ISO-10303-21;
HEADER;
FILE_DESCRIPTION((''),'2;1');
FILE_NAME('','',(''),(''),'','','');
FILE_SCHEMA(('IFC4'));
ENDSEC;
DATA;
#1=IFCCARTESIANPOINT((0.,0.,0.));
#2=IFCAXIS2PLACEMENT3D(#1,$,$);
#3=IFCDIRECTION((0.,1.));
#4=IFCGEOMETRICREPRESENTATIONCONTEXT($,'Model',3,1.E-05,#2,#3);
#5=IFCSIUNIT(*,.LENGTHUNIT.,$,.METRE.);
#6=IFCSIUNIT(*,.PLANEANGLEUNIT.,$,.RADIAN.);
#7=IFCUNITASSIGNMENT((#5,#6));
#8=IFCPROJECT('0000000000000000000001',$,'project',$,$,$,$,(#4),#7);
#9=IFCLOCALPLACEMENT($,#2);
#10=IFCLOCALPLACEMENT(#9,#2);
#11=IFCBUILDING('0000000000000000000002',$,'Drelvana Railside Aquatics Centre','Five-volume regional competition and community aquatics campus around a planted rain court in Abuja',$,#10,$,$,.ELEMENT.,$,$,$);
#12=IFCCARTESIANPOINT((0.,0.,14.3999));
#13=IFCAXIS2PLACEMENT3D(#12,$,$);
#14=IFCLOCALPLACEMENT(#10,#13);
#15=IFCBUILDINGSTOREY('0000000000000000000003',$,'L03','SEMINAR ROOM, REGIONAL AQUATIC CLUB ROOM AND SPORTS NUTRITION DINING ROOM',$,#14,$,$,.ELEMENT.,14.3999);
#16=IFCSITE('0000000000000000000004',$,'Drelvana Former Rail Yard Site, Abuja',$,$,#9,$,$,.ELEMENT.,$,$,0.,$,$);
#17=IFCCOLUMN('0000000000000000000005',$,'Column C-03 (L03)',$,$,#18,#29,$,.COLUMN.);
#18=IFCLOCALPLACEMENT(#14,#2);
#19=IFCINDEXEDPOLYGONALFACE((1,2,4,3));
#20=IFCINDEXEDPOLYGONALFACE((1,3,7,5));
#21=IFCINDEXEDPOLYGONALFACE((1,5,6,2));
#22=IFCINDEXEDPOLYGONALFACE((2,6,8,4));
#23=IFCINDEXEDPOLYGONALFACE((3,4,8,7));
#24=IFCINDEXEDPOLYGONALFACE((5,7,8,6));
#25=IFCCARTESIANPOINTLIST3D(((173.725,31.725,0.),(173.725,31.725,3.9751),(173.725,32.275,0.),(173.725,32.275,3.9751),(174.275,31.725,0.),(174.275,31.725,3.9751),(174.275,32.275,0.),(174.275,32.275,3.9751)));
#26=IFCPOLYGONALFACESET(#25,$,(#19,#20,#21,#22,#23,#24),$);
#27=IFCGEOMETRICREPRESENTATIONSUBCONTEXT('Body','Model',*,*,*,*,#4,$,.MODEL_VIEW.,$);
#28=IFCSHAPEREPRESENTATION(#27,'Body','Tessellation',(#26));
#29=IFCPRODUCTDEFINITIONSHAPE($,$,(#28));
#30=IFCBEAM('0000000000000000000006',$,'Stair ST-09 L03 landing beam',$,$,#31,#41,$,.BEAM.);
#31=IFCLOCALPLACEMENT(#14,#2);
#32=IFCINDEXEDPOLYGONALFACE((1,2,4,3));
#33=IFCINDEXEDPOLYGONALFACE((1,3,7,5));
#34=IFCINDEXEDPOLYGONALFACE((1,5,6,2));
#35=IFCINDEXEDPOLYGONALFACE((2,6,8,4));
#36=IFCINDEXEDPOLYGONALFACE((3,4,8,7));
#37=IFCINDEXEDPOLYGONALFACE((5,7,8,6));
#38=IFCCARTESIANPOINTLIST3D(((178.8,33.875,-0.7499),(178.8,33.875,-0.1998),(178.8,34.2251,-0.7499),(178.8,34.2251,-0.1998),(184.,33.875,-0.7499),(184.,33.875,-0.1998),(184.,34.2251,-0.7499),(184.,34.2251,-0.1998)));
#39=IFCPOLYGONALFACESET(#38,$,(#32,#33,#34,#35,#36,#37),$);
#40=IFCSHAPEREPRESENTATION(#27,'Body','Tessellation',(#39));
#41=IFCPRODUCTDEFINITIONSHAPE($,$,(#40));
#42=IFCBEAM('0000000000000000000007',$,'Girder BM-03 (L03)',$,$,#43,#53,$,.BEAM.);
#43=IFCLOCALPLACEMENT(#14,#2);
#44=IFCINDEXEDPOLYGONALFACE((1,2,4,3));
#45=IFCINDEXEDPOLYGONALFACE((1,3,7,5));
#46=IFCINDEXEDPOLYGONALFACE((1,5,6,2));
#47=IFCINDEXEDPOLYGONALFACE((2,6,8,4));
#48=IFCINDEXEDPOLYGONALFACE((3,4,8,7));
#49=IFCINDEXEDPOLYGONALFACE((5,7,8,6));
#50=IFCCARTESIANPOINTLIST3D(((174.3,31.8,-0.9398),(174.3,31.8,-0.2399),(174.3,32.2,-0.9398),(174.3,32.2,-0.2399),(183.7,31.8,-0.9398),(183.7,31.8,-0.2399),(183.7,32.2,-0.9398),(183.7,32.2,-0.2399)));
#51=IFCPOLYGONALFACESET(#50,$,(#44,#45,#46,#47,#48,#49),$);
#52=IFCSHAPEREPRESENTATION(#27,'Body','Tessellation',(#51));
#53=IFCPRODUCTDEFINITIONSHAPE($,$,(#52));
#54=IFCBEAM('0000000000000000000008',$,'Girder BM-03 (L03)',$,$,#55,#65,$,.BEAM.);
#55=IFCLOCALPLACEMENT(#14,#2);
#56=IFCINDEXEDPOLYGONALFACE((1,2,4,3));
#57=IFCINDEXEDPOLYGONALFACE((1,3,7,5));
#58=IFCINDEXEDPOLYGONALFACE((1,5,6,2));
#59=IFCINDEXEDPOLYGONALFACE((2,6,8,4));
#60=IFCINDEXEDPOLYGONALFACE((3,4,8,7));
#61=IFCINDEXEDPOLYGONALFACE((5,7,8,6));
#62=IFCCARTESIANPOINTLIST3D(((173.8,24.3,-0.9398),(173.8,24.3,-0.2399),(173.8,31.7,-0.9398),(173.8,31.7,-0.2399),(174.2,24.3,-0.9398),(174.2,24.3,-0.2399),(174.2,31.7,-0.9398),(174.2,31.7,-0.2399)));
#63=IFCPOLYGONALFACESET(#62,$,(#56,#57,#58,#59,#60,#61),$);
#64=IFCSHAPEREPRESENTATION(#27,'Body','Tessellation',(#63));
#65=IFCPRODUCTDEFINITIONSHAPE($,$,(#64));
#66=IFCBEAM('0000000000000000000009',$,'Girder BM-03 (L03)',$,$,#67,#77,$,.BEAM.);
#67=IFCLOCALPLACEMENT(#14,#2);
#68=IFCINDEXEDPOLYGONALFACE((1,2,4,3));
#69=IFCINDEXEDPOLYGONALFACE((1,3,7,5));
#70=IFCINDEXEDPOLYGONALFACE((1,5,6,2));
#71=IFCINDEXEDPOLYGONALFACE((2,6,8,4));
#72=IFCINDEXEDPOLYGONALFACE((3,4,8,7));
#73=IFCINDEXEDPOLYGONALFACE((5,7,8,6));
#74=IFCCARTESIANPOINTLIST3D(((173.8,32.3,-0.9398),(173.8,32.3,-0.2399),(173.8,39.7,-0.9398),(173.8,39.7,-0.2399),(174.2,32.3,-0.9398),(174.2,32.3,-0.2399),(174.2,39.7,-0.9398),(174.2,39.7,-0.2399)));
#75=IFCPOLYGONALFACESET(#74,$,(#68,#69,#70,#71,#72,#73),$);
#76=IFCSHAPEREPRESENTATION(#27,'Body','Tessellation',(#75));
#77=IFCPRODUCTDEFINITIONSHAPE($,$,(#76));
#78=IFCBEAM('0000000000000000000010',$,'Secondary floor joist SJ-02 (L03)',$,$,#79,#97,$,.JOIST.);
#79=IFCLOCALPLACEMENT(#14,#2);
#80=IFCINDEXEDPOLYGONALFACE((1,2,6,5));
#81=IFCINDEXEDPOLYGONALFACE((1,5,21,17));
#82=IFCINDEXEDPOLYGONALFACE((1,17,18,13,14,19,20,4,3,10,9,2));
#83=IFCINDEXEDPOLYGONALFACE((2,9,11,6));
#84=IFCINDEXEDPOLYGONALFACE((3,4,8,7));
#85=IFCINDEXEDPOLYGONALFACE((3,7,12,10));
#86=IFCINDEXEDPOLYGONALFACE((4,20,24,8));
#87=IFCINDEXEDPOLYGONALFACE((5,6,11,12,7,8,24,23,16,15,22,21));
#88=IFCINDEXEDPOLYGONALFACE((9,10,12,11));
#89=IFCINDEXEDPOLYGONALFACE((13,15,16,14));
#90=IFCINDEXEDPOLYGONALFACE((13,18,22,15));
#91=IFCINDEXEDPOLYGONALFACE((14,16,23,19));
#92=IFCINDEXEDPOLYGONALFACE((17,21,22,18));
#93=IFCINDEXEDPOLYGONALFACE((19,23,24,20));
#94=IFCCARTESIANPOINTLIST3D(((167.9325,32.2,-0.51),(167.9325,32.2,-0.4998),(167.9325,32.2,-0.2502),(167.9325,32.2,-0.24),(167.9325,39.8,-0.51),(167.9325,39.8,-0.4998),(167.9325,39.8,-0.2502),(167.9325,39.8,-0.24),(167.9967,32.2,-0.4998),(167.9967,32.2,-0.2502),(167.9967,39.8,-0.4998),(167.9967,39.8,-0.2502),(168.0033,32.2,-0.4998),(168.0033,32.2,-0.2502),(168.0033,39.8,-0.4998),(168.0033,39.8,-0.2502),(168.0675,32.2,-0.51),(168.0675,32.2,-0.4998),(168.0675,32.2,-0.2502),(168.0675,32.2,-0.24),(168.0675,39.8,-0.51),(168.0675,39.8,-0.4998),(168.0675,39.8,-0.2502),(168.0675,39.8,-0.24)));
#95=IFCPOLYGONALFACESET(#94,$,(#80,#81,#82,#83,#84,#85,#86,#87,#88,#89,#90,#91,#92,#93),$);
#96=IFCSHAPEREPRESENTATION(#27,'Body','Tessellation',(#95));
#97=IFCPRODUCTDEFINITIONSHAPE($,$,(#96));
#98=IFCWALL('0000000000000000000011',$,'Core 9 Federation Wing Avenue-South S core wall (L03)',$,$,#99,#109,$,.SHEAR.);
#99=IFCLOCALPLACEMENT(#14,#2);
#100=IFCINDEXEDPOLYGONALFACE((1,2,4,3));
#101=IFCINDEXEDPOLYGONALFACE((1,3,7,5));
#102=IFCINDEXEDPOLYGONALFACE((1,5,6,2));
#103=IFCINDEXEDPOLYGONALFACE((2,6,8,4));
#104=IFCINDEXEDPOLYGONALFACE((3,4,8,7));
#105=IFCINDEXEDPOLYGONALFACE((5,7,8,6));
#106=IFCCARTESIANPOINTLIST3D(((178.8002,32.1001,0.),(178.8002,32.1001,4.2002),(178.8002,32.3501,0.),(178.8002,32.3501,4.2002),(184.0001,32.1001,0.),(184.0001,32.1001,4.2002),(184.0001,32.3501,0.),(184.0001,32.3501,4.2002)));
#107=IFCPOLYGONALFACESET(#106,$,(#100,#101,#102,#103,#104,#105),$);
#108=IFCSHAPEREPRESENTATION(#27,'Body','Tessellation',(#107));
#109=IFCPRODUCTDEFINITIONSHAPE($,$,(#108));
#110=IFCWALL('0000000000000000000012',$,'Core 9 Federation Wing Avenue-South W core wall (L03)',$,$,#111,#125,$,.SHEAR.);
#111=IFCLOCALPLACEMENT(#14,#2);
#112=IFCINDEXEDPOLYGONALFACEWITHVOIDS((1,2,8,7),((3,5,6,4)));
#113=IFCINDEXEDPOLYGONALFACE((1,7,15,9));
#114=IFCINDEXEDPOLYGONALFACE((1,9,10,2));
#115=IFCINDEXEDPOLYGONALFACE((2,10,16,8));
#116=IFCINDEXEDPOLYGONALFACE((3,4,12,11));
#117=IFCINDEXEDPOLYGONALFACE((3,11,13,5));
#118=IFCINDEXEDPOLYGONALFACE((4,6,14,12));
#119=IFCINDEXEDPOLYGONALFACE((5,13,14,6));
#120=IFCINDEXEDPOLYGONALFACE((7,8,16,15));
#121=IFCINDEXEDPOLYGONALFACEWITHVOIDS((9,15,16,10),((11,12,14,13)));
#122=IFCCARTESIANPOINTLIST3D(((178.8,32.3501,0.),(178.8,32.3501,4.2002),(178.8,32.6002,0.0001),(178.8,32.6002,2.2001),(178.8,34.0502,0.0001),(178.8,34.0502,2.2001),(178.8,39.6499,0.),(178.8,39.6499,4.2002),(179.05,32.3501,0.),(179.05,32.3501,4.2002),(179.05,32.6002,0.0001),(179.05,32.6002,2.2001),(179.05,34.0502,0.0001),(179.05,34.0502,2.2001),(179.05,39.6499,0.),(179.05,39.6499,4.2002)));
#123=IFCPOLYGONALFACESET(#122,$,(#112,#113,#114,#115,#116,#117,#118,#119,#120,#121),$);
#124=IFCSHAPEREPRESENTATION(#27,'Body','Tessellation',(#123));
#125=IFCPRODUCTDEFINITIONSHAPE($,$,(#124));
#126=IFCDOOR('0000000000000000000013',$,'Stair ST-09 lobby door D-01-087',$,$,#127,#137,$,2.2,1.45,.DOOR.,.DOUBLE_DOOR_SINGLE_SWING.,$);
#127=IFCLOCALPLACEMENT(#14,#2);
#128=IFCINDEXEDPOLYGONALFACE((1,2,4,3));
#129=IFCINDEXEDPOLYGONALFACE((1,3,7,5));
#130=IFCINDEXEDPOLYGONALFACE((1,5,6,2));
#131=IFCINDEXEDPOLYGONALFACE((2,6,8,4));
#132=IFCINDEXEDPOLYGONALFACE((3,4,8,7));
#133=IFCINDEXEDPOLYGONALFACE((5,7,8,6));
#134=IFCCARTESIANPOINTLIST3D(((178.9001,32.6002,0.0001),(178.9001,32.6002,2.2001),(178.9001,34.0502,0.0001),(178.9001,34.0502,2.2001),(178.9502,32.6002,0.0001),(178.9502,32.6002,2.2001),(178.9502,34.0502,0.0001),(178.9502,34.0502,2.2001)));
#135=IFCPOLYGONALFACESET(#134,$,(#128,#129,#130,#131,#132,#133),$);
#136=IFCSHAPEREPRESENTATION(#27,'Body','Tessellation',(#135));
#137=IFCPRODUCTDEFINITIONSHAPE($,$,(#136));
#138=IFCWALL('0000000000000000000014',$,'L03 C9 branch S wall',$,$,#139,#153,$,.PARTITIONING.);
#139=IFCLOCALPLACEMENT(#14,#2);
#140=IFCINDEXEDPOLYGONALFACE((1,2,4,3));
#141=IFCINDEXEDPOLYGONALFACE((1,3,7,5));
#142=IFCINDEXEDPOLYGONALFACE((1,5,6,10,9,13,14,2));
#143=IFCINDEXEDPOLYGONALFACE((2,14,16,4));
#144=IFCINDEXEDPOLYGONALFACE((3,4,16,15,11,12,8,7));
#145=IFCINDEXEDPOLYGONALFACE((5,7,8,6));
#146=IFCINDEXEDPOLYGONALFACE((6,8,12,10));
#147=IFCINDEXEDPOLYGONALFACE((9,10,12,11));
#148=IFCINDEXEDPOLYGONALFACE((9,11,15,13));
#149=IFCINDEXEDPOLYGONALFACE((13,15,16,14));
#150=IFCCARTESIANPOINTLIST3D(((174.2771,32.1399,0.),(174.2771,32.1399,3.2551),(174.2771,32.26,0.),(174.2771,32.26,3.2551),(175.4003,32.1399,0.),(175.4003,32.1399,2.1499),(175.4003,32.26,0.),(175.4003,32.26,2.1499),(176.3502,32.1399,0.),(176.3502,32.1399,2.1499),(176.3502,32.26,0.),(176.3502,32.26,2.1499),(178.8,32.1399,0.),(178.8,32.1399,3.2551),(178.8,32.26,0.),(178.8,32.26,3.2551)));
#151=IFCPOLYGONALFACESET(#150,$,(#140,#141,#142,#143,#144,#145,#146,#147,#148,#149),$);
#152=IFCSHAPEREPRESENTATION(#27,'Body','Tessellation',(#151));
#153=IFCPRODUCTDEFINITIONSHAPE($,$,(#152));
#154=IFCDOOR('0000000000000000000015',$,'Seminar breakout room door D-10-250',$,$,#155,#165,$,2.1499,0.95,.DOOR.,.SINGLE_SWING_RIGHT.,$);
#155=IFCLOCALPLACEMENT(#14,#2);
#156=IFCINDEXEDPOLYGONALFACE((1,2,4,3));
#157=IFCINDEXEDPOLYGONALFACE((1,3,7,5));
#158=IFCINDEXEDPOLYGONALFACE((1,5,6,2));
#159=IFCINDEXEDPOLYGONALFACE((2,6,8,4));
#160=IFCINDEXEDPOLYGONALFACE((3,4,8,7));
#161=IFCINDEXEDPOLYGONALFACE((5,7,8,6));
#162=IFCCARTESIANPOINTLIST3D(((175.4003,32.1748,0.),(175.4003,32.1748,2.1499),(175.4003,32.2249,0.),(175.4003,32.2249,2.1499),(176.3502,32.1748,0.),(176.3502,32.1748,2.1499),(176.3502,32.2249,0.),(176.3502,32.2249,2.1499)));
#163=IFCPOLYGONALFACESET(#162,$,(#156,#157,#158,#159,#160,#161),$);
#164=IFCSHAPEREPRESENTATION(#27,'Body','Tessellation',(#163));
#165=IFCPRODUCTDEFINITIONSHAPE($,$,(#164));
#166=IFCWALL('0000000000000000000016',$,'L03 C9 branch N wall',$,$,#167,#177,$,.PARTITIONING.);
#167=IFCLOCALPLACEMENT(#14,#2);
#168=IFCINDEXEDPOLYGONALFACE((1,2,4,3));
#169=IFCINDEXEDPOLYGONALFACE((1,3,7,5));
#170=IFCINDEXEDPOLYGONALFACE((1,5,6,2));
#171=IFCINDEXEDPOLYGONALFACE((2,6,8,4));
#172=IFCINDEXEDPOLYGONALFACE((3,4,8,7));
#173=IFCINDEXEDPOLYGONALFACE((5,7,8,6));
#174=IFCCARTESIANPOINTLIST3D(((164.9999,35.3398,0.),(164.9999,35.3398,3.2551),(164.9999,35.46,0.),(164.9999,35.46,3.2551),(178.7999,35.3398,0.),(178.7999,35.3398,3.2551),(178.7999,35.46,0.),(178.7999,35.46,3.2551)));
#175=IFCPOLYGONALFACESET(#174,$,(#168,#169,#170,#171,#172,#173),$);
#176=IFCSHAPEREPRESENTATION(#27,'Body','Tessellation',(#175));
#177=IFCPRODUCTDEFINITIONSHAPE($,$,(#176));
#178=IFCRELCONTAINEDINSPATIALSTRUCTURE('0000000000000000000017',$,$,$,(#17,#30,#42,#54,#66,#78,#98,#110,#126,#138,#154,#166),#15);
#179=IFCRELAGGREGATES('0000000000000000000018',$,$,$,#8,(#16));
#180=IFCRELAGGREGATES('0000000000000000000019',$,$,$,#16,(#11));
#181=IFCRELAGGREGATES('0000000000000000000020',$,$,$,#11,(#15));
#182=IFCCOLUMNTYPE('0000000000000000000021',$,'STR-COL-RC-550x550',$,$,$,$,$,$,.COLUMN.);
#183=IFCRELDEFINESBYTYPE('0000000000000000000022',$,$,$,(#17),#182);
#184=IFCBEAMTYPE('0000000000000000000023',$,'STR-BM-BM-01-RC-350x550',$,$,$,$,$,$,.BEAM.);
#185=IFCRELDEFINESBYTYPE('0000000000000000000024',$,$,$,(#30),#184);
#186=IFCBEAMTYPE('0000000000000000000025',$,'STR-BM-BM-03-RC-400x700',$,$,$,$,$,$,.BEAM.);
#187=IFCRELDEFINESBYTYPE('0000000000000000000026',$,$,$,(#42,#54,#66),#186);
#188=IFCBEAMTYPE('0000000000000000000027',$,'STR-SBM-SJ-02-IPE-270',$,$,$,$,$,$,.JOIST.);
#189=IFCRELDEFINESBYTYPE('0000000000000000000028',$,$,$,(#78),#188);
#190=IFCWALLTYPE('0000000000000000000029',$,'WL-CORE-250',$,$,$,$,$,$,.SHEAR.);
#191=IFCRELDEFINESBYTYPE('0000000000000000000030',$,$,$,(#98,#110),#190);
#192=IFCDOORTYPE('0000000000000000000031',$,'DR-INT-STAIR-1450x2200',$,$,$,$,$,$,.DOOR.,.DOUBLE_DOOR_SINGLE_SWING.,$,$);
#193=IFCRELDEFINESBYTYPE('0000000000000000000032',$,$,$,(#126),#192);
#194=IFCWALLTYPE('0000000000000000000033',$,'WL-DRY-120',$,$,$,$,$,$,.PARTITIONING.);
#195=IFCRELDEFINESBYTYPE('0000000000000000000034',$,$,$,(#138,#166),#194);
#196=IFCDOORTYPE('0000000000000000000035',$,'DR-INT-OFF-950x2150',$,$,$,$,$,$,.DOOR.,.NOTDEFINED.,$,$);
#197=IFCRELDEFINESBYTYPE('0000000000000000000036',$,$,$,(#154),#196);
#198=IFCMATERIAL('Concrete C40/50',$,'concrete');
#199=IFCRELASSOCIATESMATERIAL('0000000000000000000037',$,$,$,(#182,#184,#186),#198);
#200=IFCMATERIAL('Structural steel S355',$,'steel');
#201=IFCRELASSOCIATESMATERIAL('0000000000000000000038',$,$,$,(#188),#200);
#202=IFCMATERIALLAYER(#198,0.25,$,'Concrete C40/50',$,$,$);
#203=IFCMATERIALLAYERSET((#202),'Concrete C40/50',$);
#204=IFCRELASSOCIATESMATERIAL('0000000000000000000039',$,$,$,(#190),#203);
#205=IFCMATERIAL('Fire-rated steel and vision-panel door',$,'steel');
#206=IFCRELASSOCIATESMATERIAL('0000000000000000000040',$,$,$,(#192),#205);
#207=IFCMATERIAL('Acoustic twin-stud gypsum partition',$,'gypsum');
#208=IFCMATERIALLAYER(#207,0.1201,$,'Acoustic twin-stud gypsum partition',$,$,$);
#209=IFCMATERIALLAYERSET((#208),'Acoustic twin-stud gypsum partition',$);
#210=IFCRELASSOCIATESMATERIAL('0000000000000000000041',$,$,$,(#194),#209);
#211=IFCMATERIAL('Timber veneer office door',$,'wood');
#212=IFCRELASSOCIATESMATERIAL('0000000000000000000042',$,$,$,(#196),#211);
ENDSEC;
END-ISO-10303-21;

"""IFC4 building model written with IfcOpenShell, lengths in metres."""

from ifc_helpers import new_model, si_unit, direction, frame, frame_2d, origin, origin_2d, place, context, subcontext, project, spatial, rectangle, i_section, extrude, material, layer, layer_set, material_profile, profile_set, type_object, element, fill, save


model = new_model("IFC4")

# Units and contexts
model_context = context("Model", 3, precision=1e-05, world=origin(), true_north=direction((0.0, 1.0)))
body_context = subcontext(model_context, "Body", "Model", "MODEL_VIEW")
ifc_project = project(units=[si_unit("LENGTHUNIT", "METRE"), si_unit("PLANEANGLEUNIT", "RADIAN")], contexts=[model_context])

# Site, building, storey
site_placement = place(None, origin())
site = spatial("IfcSite", under=ifc_project, at=site_placement, Name="Drelvana Former Rail Yard Site, Abuja", CompositionType="ELEMENT", RefElevation=0.0)
building_placement = place(site_placement, origin())
building = spatial("IfcBuilding", under=site, at=building_placement, Name="Drelvana Railside Aquatics Centre", Description="Five-volume regional competition and community aquatics campus around a planted rain court in Abuja", CompositionType="ELEMENT")
storey_placement = place(building_placement, frame((0.0, 0.0, 14.3999)))
storey = spatial("IfcBuildingStorey", under=building, at=storey_placement, Name="L03", Description="SEMINAR ROOM, REGIONAL AQUATIC CLUB ROOM AND SPORTS NUTRITION DINING ROOM", CompositionType="ELEMENT", Elevation=14.3999)

# Column
ifc_material_1 = material(Name="Concrete C40/50", Category="concrete")
ifc_material_profile_1 = material_profile(ifc_material_1, rectangle(XDim=0.55, YDim=0.55, at=origin_2d()), Name="RC 550x550")
ifc_profile_set_1 = profile_set([ifc_material_profile_1], Name="Concrete C40/50")
column_type = type_object("IfcColumnType", Name="STR-COL-RC-550x550", PredefinedType="COLUMN", material=ifc_profile_set_1)
column_placement = place(storey_placement, frame((174.0, 32.0, 0.0), z_axis=(0.0, 0.0, 1.0), x_axis=(1.0, 0.0, 0.0)))
element("IfcColumn", 1, at=column_placement, inside=storey, type_object=column_type, Name="Column C-03 (L03)", PredefinedType="COLUMN", context=body_context, shape_type="SweptSolid", body=[
    extrude(rectangle(XDim=0.55, YDim=0.55, at=origin_2d()), origin(), (0.0, 0.0, 1.0), 3.9751),
])

# Beams
ifc_material_profile_2 = material_profile(ifc_material_1, rectangle(XDim=0.3501, YDim=0.55, at=origin_2d()), Name="RC 350x550")
ifc_profile_set_2 = profile_set([ifc_material_profile_2], Name="Concrete C40/50")
beam_type_1 = type_object("IfcBeamType", Name="STR-BM-BM-01-RC-350x550", PredefinedType="BEAM", material=ifc_profile_set_2)
beam_1_placement = place(storey_placement, frame((178.8, 34.05, -0.4749), z_axis=(1.0, 0.0, 0.0), x_axis=(0.0, 1.0, 0.0)))
element("IfcBeam", 2, at=beam_1_placement, inside=storey, type_object=beam_type_1, Name="Stair ST-09 L03 landing beam", PredefinedType="BEAM", context=body_context, shape_type="SweptSolid", body=[
    extrude(rectangle(XDim=0.3501, YDim=0.55, at=origin_2d()), origin(), (0.0, 0.0, 1.0), 5.2),
])
ifc_material_profile_3 = material_profile(ifc_material_1, rectangle(XDim=0.3999, YDim=0.7, at=origin_2d()), Name="RC 400x700")
ifc_profile_set_3 = profile_set([ifc_material_profile_3], Name="Concrete C40/50")
beam_type_2 = type_object("IfcBeamType", Name="STR-BM-BM-03-RC-400x700", PredefinedType="BEAM", material=ifc_profile_set_3)
beam_2_placement = place(storey_placement, frame((174.3, 32.0, -0.5898), z_axis=(1.0, 0.0, 0.0), x_axis=(0.0, 1.0, 0.0)))
element("IfcBeam", 3, at=beam_2_placement, inside=storey, type_object=beam_type_2, Name="Girder BM-03 (L03)", PredefinedType="BEAM", context=body_context, shape_type="SweptSolid", body=[
    extrude(rectangle(XDim=0.3999, YDim=0.7, at=origin_2d()), origin(), (0.0, 0.0, 1.0), 9.3999),
])
for number, where, z_axis, x_axis, name in (
    (4, (174.0, 24.3, -0.5898), (0.0, 1.0, 0.0), (-1.0, 0.0, 0.0), "Girder BM-03 (L03)"),
    (5, (174.0, 32.3, -0.5898), (0.0, 1.0, 0.0), (-1.0, 0.0, 0.0), "Girder BM-03 (L03)"),
):
    element("IfcBeam", number, at=place(storey_placement, frame(where, z_axis=z_axis, x_axis=x_axis)), inside=storey, type_object=beam_type_2, Name=name, PredefinedType="BEAM", context=body_context, shape_type="SweptSolid", body=[
        extrude(rectangle(XDim=0.3999, YDim=0.7, at=origin_2d()), origin(), (0.0, 0.0, 1.0), 7.3999),
    ])
ifc_material_2 = material(Name="Structural steel S355", Category="steel")
ifc_material_profile_4 = material_profile(ifc_material_2, i_section(OverallWidth=0.135, OverallDepth=0.27, WebThickness=0.0066, FlangeThickness=0.0103, at=origin_2d()), Name="IPE 270")
ifc_profile_set_4 = profile_set([ifc_material_profile_4], Name="Structural steel S355")
beam_type_3 = type_object("IfcBeamType", Name="STR-SBM-SJ-02-IPE-270", PredefinedType="JOIST", material=ifc_profile_set_4)
beam_3_placement = place(storey_placement, frame((168.0, 32.2, -0.375), z_axis=(0.0, 1.0, 0.0), x_axis=(-1.0, 0.0, 0.0)))
element("IfcBeam", 6, at=beam_3_placement, inside=storey, type_object=beam_type_3, Name="Secondary floor joist SJ-02 (L03)", PredefinedType="JOIST", context=body_context, shape_type="SweptSolid", body=[
    extrude(i_section(OverallWidth=0.135, OverallDepth=0.27, WebThickness=0.0066, FlangeThickness=0.0103, at=origin_2d()), origin(), (0.0, 0.0, 1.0), 7.6001),
])

# Wall
ifc_layer_1 = layer(ifc_material_1, 0.25, Name="Concrete C40/50")
ifc_layer_set_1 = layer_set([ifc_layer_1], Name="Concrete C40/50")
wall_type_1 = type_object("IfcWallType", Name="WL-CORE-250", PredefinedType="SHEAR", material=ifc_layer_set_1)
wall_1_placement = place(storey_placement, frame((178.8, 32.2251, 0.0), z_axis=(0.0, 0.0, 1.0), x_axis=(1.0, 0.0, 0.0)))
element("IfcWall", 7, at=wall_1_placement, inside=storey, type_object=wall_type_1, Name="Core 9 Federation Wing Avenue-South S core wall (L03)", PredefinedType="SHEAR", context=body_context, shape_type="SweptSolid", body=[
    extrude(rectangle(XDim=5.2, YDim=0.25, at=frame_2d((2.6001, 0.0))), origin(), (0.0, 0.0, 1.0), 4.2002),
])

# Walls, openings, doors
wall_2_placement = place(storey_placement, frame((178.925, 32.3501, 0.0), z_axis=(0.0, 0.0, 1.0), x_axis=(0.0, 1.0, 0.0)))
wall_2 = element("IfcWall", 8, at=wall_2_placement, inside=storey, type_object=wall_type_1, Name="Core 9 Federation Wing Avenue-South W core wall (L03)", PredefinedType="SHEAR", context=body_context, shape_type="SweptSolid", body=[
    extrude(rectangle(XDim=7.2998, YDim=0.25, at=frame_2d((3.6499, 0.0))), origin(), (0.0, 0.0, 1.0), 4.2002),
])
opening_1_placement = place(wall_2_placement, frame((0.25, 0.0, 0.0)))
opening_1 = element("IfcOpeningElement", 9, at=opening_1_placement, cuts=wall_2, PredefinedType="OPENING", context=body_context, shape_type="SweptSolid", body=[
    extrude(rectangle(XDim=1.45, YDim=2.2, at=frame_2d((0.7251, 1.1001))), frame((0.0, 0.135, 0.0), z_axis=(0.0, -1.0, 0.0), x_axis=(1.0, 0.0, 0.0)), (0.0, 0.0, 1.0), 0.27),
])
ifc_material_3 = material(Name="Fire-rated steel and vision-panel door", Category="steel")
door_type_1 = type_object("IfcDoorType", Name="DR-INT-STAIR-1450x2200", OperationType="DOUBLE_DOOR_SINGLE_SWING", PredefinedType="DOOR", material=ifc_material_3)
door_1_placement = place(opening_1_placement, origin())
door_1 = element("IfcDoor", 10, at=door_1_placement, inside=storey, type_object=door_type_1, Name="Stair ST-09 lobby door D-01-087", OperationType="DOUBLE_DOOR_SINGLE_SWING", OverallHeight=2.2, OverallWidth=1.45, PredefinedType="DOOR", context=body_context, shape_type="SweptSolid", body=[
    extrude(rectangle(XDim=1.45, YDim=2.2, at=frame_2d((0.7251, 1.1001))), frame((0.0, 0.0249, 0.0), z_axis=(0.0, -1.0, 0.0), x_axis=(1.0, 0.0, 0.0)), (0.0, 0.0, 1.0), 0.05),
])
fill(opening_1, door_1)
ifc_material_4 = material(Name="Acoustic twin-stud gypsum partition", Category="gypsum")
ifc_layer_2 = layer(ifc_material_4, 0.1201, Name="Acoustic twin-stud gypsum partition")
ifc_layer_set_2 = layer_set([ifc_layer_2], Name="Acoustic twin-stud gypsum partition")
wall_type_2 = type_object("IfcWallType", Name="WL-DRY-120", PredefinedType="PARTITIONING", material=ifc_layer_set_2)
wall_3_placement = place(storey_placement, frame((174.2771, 32.2, 0.0), z_axis=(0.0, 0.0, 1.0), x_axis=(1.0, 0.0, 0.0)))
wall_3 = element("IfcWall", 11, at=wall_3_placement, inside=storey, type_object=wall_type_2, Name="L03 C9 branch S wall", PredefinedType="PARTITIONING", context=body_context, shape_type="SweptSolid", body=[
    extrude(rectangle(XDim=4.5229, YDim=0.1201, at=frame_2d((2.2615, 0.0))), origin(), (0.0, 0.0, 1.0), 3.2551),
])
opening_2_placement = place(wall_3_placement, frame((1.123, 0.0, 0.0)))
opening_2 = element("IfcOpeningElement", 12, at=opening_2_placement, cuts=wall_3, PredefinedType="OPENING", context=body_context, shape_type="SweptSolid", body=[
    extrude(rectangle(XDim=0.95, YDim=2.1499, at=frame_2d((0.4751, 1.075))), frame((0.0, 0.0701, 0.0), z_axis=(0.0, -1.0, 0.0), x_axis=(1.0, 0.0, 0.0)), (0.0, 0.0, 1.0), 0.1401),
])
ifc_material_5 = material(Name="Timber veneer office door", Category="wood")
door_type_2 = type_object("IfcDoorType", Name="DR-INT-OFF-950x2150", OperationType="NOTDEFINED", PredefinedType="DOOR", material=ifc_material_5)
door_2_placement = place(opening_2_placement, origin())
door_2 = element("IfcDoor", 13, at=door_2_placement, inside=storey, type_object=door_type_2, Name="Seminar breakout room door D-10-250", OperationType="SINGLE_SWING_RIGHT", OverallHeight=2.1499, OverallWidth=0.95, PredefinedType="DOOR", context=body_context, shape_type="SweptSolid", body=[
    extrude(rectangle(XDim=0.95, YDim=2.1499, at=frame_2d((0.4751, 1.075))), frame((0.0, 0.0249, 0.0), z_axis=(0.0, -1.0, 0.0), x_axis=(1.0, 0.0, 0.0)), (0.0, 0.0, 1.0), 0.05),
])
fill(opening_2, door_2)

# Wall
wall_4_placement = place(storey_placement, frame((165.0, 35.3999, 0.0), z_axis=(0.0, 0.0, 1.0), x_axis=(1.0, 0.0, 0.0)))
element("IfcWall", 14, at=wall_4_placement, inside=storey, type_object=wall_type_2, Name="L03 C9 branch N wall", PredefinedType="PARTITIONING", context=body_context, shape_type="SweptSolid", body=[
    extrude(rectangle(XDim=13.8, YDim=0.1201, at=frame_2d((6.8999, 0.0))), origin(), (0.0, 0.0, 1.0), 3.2551),
])

save(model, "model.ifc")
